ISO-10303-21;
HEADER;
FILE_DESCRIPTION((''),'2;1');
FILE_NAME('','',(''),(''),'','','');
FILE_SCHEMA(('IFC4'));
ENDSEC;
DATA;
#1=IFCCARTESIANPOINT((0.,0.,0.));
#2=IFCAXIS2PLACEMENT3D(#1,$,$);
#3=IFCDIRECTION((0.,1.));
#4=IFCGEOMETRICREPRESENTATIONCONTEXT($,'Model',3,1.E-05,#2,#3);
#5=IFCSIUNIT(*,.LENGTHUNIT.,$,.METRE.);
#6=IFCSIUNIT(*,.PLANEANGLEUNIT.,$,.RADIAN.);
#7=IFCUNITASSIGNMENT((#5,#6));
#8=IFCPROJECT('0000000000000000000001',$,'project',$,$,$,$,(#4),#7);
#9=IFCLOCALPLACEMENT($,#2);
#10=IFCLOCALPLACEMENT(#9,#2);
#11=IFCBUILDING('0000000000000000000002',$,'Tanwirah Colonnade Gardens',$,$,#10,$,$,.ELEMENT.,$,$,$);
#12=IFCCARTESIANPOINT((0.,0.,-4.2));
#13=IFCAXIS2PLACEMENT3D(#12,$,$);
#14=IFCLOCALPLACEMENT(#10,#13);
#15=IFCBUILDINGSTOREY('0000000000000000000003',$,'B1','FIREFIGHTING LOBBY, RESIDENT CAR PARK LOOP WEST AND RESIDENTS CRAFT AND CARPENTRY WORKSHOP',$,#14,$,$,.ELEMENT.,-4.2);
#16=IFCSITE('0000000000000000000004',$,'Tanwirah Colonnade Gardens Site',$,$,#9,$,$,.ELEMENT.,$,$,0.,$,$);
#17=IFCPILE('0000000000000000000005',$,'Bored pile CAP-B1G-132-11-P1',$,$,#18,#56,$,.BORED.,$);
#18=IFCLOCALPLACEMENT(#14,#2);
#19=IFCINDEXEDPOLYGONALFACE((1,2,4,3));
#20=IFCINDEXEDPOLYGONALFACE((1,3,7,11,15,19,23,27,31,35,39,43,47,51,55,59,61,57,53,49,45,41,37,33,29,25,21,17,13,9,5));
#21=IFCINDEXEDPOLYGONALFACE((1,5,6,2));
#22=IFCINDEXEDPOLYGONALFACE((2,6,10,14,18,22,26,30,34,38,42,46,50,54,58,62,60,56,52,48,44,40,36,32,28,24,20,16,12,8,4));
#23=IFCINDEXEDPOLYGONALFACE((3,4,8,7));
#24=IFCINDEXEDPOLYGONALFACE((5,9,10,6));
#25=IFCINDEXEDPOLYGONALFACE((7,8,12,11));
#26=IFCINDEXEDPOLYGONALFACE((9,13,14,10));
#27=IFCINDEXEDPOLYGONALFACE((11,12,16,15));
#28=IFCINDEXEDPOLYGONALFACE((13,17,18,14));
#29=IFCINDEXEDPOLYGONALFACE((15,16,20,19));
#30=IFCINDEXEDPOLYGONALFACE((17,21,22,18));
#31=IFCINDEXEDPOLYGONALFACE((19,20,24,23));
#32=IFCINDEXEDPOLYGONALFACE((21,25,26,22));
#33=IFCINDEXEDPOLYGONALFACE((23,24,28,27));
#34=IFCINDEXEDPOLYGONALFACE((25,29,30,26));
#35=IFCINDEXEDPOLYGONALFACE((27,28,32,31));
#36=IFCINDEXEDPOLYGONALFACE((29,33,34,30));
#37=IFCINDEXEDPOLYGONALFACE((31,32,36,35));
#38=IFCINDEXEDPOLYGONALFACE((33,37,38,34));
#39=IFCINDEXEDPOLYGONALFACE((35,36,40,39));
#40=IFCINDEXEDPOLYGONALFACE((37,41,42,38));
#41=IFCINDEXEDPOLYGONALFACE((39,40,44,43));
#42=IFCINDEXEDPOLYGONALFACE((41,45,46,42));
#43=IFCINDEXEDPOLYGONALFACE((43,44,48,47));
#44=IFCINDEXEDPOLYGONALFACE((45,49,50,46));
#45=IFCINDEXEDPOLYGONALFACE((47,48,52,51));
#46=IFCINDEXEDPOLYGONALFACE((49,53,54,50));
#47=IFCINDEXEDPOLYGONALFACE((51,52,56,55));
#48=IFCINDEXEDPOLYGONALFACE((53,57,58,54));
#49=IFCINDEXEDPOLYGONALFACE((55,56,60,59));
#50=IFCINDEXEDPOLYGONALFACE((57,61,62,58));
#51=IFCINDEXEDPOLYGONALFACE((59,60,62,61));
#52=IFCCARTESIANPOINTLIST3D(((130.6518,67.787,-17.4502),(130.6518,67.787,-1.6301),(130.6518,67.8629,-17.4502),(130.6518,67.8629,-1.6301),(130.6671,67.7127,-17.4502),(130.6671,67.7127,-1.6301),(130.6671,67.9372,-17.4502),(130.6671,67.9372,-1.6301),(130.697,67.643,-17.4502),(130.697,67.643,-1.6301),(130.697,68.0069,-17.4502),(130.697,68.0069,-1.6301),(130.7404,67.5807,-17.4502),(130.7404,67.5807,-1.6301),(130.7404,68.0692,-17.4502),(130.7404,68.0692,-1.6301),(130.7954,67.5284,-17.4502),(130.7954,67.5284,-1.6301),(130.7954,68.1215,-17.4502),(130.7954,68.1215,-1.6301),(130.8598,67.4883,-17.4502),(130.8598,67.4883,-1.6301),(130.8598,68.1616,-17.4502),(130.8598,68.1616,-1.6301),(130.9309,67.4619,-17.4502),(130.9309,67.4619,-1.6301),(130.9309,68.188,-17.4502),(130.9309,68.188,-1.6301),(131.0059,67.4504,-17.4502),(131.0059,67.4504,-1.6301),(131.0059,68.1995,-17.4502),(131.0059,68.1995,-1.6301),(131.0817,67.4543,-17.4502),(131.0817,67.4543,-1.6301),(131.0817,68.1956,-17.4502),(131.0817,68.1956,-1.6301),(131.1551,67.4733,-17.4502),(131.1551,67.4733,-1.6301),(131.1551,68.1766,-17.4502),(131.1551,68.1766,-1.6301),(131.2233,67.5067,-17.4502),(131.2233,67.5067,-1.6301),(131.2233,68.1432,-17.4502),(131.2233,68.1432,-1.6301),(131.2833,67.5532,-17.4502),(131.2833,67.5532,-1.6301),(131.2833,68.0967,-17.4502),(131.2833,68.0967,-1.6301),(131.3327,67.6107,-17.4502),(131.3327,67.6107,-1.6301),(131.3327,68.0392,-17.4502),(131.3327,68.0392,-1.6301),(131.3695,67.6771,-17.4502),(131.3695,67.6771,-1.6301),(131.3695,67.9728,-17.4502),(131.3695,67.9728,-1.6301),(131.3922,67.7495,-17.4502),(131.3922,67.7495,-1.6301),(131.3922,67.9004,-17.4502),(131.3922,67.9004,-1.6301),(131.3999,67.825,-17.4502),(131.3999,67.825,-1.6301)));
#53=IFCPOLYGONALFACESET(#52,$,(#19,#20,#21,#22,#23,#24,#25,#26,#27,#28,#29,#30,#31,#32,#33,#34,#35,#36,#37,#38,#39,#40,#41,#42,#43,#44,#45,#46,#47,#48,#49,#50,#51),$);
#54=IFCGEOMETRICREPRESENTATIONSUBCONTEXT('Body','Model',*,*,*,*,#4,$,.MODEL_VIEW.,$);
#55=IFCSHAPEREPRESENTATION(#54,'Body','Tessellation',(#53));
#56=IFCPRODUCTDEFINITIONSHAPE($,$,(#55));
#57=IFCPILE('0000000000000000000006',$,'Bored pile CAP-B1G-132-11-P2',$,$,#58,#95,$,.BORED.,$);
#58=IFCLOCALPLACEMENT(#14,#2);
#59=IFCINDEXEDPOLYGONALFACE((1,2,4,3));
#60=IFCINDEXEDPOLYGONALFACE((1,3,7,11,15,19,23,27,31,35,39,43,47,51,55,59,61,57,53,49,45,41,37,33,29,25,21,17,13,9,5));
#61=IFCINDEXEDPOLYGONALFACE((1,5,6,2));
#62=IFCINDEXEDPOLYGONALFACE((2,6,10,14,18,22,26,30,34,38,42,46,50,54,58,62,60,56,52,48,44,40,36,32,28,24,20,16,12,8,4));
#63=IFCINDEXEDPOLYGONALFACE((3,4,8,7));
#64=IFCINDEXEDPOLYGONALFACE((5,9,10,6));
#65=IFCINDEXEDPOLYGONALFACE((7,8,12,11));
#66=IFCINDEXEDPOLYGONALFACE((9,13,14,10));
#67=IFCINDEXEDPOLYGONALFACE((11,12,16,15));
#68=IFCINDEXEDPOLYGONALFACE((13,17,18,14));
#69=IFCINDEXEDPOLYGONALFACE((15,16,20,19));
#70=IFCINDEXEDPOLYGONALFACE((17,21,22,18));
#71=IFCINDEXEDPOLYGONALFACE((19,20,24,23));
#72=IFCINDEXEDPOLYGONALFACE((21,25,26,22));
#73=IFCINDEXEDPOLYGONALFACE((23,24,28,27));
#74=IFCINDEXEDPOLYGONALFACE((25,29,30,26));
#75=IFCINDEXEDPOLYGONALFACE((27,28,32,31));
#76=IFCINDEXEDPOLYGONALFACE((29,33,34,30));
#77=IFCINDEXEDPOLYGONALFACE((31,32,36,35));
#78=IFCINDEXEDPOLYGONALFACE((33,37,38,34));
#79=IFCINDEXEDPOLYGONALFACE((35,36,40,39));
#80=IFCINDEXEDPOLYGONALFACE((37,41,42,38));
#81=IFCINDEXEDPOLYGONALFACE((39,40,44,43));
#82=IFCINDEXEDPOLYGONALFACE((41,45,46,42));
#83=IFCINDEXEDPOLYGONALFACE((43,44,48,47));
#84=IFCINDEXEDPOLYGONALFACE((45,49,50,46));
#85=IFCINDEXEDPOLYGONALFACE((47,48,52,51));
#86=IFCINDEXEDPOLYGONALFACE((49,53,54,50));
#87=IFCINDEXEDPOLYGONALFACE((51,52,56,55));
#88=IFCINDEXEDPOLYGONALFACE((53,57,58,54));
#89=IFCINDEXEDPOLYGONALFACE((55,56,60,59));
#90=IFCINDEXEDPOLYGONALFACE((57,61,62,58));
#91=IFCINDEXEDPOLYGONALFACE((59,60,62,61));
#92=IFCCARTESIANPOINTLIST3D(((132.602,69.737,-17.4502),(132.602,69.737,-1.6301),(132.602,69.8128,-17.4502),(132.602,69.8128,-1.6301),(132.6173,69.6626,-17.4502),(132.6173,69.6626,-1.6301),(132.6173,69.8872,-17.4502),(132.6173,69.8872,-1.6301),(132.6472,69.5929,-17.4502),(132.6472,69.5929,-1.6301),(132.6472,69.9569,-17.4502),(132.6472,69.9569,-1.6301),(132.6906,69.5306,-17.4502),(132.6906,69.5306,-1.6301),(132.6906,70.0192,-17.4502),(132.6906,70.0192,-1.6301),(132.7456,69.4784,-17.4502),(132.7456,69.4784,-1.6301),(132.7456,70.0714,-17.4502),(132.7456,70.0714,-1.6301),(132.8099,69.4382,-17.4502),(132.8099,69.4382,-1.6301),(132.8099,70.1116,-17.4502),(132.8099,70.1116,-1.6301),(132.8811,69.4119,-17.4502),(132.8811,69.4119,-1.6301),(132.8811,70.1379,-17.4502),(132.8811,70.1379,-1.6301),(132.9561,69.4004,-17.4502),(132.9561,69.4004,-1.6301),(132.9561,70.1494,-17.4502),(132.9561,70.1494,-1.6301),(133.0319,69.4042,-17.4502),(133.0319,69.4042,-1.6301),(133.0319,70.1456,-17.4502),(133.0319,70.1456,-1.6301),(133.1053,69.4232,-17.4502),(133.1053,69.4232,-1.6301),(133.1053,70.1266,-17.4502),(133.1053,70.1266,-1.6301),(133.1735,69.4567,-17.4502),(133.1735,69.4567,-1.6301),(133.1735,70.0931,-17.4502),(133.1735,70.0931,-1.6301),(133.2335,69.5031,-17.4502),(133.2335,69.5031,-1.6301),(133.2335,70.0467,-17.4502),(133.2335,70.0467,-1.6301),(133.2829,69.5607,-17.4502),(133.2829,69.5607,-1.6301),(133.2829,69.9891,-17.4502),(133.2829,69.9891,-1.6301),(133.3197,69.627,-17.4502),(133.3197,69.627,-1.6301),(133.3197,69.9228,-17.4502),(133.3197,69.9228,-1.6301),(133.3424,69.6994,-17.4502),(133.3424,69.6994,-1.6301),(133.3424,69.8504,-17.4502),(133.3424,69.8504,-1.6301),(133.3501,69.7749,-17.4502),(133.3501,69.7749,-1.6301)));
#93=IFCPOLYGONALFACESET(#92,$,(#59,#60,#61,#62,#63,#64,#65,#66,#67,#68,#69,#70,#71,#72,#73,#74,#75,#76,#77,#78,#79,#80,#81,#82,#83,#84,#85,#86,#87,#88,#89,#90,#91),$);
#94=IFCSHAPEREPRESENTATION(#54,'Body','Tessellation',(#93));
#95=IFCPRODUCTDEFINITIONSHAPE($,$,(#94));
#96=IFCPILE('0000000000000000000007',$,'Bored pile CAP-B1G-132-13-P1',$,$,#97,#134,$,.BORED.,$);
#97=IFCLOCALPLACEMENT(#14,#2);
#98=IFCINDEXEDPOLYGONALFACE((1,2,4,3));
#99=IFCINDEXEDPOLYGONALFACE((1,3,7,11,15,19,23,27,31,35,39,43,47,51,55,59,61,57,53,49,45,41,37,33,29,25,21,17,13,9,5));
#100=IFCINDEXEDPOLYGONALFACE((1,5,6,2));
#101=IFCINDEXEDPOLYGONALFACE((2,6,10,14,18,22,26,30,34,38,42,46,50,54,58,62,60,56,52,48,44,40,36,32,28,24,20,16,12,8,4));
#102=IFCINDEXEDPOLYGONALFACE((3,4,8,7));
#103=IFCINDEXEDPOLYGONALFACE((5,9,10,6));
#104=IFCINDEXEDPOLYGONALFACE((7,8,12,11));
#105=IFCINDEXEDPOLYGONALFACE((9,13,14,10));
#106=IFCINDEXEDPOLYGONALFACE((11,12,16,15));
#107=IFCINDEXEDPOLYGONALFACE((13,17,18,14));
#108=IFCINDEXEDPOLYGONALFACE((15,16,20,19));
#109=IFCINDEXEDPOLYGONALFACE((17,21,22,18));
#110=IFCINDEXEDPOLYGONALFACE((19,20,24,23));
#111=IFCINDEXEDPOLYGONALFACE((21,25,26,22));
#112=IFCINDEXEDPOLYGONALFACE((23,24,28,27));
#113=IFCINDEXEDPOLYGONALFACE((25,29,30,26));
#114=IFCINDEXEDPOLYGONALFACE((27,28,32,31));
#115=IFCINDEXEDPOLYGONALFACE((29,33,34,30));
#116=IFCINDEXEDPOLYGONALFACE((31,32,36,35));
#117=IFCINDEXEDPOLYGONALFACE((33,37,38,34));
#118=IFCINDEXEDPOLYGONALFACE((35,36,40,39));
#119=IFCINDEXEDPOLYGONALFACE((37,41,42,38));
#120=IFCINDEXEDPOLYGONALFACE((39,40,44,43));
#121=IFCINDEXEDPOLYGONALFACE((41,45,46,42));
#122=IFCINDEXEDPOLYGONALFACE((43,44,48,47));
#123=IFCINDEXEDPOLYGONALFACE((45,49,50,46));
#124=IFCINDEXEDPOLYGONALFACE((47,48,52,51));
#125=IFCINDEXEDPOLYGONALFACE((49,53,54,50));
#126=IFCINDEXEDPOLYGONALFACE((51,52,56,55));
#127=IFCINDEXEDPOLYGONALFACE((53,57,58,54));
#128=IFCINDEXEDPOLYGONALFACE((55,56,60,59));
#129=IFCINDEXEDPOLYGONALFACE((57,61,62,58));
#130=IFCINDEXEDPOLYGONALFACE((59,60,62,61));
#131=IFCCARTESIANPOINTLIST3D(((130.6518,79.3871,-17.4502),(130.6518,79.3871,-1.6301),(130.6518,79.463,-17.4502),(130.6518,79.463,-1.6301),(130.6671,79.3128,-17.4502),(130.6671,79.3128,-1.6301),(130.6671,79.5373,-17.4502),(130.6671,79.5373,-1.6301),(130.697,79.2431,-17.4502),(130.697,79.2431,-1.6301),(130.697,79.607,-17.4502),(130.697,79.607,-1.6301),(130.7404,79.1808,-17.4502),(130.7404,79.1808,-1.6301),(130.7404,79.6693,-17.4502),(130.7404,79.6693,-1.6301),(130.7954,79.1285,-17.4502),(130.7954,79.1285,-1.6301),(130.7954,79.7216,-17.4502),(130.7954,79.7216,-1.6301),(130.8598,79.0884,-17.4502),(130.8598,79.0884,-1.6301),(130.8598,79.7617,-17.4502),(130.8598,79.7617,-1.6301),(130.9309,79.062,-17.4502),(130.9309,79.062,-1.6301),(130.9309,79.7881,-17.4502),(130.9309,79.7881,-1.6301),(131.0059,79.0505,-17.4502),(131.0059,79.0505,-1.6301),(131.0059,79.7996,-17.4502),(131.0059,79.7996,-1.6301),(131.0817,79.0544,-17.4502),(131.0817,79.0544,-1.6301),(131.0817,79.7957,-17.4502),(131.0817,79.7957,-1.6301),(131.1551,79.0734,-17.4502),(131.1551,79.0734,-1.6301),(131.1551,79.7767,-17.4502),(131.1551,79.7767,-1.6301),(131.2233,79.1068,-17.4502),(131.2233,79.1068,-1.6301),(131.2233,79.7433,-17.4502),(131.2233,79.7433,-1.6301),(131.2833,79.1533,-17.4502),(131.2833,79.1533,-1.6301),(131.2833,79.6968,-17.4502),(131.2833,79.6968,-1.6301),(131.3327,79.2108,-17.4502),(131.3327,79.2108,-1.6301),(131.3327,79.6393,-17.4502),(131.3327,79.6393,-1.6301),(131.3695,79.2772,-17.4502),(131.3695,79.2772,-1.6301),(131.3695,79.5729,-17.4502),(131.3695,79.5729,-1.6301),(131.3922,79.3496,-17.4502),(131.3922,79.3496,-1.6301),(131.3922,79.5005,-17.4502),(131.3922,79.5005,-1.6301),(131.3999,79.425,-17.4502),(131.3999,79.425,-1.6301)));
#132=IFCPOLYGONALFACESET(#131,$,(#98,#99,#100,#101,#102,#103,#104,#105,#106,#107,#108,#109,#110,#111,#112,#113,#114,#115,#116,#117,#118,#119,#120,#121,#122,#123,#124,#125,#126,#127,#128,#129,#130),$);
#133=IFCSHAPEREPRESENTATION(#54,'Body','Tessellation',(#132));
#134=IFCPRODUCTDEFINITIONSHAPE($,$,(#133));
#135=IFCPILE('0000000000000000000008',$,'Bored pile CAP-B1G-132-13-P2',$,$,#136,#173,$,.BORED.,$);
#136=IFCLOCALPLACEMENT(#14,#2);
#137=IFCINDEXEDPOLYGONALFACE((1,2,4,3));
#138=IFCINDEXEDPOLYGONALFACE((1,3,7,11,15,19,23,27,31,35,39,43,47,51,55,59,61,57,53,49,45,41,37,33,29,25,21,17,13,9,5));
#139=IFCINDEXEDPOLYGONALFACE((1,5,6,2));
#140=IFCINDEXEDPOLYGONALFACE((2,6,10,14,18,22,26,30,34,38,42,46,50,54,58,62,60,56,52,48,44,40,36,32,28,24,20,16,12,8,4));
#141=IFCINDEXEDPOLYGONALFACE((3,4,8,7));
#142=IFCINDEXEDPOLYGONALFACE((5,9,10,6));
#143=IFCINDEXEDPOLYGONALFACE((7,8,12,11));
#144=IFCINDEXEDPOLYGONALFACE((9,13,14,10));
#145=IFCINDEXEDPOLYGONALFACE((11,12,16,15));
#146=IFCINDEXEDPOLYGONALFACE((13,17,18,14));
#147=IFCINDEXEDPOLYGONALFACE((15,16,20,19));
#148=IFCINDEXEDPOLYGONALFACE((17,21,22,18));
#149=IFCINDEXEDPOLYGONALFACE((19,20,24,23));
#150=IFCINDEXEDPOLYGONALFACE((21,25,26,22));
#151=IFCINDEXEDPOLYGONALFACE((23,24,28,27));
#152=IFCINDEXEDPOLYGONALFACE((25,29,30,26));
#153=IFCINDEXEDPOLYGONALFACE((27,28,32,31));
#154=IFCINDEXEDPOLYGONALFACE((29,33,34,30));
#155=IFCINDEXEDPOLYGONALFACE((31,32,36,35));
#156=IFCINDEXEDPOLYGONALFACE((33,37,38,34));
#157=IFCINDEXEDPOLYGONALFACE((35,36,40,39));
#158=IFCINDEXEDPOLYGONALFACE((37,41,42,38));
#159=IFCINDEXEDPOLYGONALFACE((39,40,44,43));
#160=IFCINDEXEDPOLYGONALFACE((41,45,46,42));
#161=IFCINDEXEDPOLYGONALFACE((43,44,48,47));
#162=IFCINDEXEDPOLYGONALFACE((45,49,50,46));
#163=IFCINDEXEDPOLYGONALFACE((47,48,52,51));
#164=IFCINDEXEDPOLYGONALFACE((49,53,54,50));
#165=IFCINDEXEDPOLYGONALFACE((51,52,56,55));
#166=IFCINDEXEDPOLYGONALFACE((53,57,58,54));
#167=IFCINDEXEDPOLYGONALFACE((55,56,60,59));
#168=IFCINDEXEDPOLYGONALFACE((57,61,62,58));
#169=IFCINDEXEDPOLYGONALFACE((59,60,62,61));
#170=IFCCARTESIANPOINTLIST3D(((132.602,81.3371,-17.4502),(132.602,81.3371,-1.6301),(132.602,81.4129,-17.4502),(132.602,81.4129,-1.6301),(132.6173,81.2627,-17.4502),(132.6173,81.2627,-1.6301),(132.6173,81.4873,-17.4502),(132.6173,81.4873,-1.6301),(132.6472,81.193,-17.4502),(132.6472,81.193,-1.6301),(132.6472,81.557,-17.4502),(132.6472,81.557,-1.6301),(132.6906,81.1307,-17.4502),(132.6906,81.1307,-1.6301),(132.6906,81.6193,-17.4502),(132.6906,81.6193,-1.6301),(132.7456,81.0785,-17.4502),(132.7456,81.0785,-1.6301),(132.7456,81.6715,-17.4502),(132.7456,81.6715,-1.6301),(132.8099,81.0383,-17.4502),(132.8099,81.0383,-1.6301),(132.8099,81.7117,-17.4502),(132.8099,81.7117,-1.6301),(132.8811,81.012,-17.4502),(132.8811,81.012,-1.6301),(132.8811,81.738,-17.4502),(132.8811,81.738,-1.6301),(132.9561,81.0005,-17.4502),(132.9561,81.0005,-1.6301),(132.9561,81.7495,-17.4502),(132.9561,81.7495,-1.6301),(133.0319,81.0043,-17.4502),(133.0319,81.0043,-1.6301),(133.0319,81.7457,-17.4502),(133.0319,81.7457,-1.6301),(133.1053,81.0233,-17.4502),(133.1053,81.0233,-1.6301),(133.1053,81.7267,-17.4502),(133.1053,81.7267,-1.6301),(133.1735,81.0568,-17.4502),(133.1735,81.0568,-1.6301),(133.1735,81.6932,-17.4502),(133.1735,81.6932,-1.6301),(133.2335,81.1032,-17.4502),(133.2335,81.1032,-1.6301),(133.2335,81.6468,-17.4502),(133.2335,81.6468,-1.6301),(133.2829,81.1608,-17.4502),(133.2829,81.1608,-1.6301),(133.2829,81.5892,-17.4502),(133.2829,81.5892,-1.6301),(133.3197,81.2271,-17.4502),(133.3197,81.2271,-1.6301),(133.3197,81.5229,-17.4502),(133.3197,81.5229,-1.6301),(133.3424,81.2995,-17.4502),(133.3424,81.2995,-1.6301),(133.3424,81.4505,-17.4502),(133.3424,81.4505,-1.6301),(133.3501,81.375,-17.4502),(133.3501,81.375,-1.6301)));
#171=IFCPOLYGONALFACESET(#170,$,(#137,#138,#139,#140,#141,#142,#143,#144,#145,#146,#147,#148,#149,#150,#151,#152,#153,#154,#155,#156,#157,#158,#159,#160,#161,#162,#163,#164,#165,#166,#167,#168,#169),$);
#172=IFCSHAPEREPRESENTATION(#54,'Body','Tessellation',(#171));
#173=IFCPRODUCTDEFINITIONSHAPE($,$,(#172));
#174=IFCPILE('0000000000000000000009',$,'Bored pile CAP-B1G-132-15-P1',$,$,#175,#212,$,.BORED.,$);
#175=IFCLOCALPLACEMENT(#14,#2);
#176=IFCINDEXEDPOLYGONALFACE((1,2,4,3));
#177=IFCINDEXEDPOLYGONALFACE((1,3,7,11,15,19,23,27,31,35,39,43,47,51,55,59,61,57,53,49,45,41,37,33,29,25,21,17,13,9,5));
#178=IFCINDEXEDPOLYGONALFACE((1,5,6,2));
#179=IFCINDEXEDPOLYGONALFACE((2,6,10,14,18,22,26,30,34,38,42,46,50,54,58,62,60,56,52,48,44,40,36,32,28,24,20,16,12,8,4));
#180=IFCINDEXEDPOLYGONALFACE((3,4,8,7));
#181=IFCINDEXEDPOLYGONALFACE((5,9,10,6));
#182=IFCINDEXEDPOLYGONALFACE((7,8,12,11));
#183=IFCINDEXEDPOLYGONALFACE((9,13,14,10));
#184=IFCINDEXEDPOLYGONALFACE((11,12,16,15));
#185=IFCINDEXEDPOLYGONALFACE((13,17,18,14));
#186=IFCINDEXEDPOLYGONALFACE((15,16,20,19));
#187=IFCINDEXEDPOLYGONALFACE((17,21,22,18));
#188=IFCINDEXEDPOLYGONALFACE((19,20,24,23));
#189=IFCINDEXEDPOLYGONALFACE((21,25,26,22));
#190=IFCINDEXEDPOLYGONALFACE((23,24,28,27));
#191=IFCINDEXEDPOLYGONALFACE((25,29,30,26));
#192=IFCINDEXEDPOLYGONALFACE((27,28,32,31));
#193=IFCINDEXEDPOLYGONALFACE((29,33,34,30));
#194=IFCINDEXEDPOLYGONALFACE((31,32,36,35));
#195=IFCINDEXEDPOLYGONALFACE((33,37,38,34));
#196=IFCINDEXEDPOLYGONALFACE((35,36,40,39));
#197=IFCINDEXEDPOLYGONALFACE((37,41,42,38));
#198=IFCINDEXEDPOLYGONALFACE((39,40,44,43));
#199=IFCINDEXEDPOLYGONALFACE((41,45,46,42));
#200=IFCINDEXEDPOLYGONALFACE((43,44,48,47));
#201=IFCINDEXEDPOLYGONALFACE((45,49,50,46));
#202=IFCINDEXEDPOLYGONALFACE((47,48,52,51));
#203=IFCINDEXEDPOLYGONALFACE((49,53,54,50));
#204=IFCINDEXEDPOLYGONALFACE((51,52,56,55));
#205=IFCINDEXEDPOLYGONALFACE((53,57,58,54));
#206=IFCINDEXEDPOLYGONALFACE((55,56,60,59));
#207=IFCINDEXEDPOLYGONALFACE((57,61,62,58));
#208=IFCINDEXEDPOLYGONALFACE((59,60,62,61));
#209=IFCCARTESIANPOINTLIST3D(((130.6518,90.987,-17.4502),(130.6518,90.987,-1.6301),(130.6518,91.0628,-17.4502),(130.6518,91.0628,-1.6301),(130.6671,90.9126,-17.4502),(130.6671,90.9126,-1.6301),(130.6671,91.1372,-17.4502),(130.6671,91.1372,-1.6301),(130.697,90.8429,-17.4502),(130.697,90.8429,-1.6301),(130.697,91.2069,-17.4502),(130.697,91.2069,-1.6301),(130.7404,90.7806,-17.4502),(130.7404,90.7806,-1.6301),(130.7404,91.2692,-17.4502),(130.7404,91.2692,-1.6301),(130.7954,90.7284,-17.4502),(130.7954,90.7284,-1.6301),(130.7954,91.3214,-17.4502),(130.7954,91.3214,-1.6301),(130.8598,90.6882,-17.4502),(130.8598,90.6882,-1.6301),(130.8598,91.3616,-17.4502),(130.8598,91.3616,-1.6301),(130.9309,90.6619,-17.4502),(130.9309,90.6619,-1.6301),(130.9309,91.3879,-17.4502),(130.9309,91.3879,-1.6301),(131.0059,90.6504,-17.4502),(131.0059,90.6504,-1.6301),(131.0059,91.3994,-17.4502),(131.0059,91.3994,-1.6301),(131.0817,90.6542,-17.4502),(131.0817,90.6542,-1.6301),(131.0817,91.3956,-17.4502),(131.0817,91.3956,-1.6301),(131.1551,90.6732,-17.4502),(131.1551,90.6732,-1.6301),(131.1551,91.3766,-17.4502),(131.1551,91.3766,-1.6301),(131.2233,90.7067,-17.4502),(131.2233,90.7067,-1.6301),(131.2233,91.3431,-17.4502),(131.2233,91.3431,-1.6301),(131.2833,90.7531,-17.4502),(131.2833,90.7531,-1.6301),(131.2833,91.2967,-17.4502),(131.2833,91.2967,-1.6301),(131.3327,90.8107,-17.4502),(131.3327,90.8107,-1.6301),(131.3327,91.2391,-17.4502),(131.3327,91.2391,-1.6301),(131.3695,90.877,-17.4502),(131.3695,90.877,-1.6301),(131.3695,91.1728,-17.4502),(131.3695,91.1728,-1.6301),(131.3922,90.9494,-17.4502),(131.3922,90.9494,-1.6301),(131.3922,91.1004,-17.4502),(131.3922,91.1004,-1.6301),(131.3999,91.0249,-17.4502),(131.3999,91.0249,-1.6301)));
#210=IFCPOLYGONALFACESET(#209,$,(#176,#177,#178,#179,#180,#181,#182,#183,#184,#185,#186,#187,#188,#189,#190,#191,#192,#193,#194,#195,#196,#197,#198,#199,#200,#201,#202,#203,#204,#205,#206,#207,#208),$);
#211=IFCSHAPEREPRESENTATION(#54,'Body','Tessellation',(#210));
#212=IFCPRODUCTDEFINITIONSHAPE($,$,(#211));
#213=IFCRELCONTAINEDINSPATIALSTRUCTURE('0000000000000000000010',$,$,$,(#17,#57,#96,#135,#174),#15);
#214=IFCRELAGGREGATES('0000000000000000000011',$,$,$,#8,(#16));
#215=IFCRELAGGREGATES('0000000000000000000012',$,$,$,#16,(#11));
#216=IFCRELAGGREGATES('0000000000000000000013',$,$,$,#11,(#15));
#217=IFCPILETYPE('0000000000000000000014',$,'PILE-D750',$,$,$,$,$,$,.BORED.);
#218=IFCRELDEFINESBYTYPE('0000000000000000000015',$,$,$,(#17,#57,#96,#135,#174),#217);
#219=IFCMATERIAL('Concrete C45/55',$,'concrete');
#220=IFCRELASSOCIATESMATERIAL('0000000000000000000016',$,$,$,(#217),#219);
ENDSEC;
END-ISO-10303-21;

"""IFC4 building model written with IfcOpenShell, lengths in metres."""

from ifc_helpers import new_model, si_unit, direction, frame, origin, origin_2d, place, context, subcontext, project, spatial, circle, extrude, material, material_profile, profile_set, type_object, element, save


model = new_model("IFC4")

# Units and contexts
model_context = context("Model", 3, precision=1e-05, world=origin(), true_north=direction((0.0, 1.0)))
body_context = subcontext(model_context, "Body", "Model", "MODEL_VIEW")
ifc_project = project(units=[si_unit("LENGTHUNIT", "METRE"), si_unit("PLANEANGLEUNIT", "RADIAN")], contexts=[model_context])

# Site, building, storey
site_placement = place(None, origin())
site = spatial("IfcSite", under=ifc_project, at=site_placement, Name="Tanwirah Colonnade Gardens Site", CompositionType="ELEMENT", RefElevation=0.0)
building_placement = place(site_placement, origin())
building = spatial("IfcBuilding", under=site, at=building_placement, Name="Tanwirah Colonnade Gardens", CompositionType="ELEMENT")
storey_placement = place(building_placement, frame((0.0, 0.0, -4.2)))
storey = spatial("IfcBuildingStorey", under=building, at=storey_placement, Name="B1", Description="FIREFIGHTING LOBBY, RESIDENT CAR PARK LOOP WEST AND RESIDENTS CRAFT AND CARPENTRY WORKSHOP", CompositionType="ELEMENT", Elevation=-4.2)

# Shared definitions
ifc_material_1 = material(Name="Concrete C45/55", Category="concrete")

# Piles
ifc_material_profile_1 = material_profile(ifc_material_1, circle(Radius=0.375, at=origin_2d()), Name="PILE D750")
ifc_profile_set_1 = profile_set([ifc_material_profile_1], Name="Concrete C45/55")
pile_type_1 = type_object("IfcPileType", Name="PILE-D750", PredefinedType="BORED", material=ifc_profile_set_1)
for number, where, z_axis, x_axis, name in (
    (1, (131.0249, 67.825, -1.6301), (0.0, 0.0, -1.0), (1.0, 0.0, 0.0), "Bored pile CAP-B1G-132-11-P1"),
    (2, (132.9751, 69.7749, -1.6301), (0.0, 0.0, -1.0), (1.0, 0.0, 0.0), "Bored pile CAP-B1G-132-11-P2"),
    (3, (131.0249, 79.425, -1.6301), (0.0, 0.0, -1.0), (1.0, 0.0, 0.0), "Bored pile CAP-B1G-132-13-P1"),
    (4, (132.9751, 81.375, -1.6301), (0.0, 0.0, -1.0), (1.0, 0.0, 0.0), "Bored pile CAP-B1G-132-13-P2"),
    (5, (131.0249, 91.0249, -1.6301), (0.0, 0.0, -1.0), (1.0, 0.0, 0.0), "Bored pile CAP-B1G-132-15-P1"),
):
    element("IfcPile", number, at=place(storey_placement, frame(where, z_axis=z_axis, x_axis=x_axis)), inside=storey, type_object=pile_type_1, Name=name, PredefinedType="BORED", context=body_context, shape_type="SweptSolid", body=[
        extrude(circle(Radius=0.375, at=origin_2d()), origin(), (0.0, 0.0, 1.0), 15.8201),
    ])

save(model, "model.ifc")
